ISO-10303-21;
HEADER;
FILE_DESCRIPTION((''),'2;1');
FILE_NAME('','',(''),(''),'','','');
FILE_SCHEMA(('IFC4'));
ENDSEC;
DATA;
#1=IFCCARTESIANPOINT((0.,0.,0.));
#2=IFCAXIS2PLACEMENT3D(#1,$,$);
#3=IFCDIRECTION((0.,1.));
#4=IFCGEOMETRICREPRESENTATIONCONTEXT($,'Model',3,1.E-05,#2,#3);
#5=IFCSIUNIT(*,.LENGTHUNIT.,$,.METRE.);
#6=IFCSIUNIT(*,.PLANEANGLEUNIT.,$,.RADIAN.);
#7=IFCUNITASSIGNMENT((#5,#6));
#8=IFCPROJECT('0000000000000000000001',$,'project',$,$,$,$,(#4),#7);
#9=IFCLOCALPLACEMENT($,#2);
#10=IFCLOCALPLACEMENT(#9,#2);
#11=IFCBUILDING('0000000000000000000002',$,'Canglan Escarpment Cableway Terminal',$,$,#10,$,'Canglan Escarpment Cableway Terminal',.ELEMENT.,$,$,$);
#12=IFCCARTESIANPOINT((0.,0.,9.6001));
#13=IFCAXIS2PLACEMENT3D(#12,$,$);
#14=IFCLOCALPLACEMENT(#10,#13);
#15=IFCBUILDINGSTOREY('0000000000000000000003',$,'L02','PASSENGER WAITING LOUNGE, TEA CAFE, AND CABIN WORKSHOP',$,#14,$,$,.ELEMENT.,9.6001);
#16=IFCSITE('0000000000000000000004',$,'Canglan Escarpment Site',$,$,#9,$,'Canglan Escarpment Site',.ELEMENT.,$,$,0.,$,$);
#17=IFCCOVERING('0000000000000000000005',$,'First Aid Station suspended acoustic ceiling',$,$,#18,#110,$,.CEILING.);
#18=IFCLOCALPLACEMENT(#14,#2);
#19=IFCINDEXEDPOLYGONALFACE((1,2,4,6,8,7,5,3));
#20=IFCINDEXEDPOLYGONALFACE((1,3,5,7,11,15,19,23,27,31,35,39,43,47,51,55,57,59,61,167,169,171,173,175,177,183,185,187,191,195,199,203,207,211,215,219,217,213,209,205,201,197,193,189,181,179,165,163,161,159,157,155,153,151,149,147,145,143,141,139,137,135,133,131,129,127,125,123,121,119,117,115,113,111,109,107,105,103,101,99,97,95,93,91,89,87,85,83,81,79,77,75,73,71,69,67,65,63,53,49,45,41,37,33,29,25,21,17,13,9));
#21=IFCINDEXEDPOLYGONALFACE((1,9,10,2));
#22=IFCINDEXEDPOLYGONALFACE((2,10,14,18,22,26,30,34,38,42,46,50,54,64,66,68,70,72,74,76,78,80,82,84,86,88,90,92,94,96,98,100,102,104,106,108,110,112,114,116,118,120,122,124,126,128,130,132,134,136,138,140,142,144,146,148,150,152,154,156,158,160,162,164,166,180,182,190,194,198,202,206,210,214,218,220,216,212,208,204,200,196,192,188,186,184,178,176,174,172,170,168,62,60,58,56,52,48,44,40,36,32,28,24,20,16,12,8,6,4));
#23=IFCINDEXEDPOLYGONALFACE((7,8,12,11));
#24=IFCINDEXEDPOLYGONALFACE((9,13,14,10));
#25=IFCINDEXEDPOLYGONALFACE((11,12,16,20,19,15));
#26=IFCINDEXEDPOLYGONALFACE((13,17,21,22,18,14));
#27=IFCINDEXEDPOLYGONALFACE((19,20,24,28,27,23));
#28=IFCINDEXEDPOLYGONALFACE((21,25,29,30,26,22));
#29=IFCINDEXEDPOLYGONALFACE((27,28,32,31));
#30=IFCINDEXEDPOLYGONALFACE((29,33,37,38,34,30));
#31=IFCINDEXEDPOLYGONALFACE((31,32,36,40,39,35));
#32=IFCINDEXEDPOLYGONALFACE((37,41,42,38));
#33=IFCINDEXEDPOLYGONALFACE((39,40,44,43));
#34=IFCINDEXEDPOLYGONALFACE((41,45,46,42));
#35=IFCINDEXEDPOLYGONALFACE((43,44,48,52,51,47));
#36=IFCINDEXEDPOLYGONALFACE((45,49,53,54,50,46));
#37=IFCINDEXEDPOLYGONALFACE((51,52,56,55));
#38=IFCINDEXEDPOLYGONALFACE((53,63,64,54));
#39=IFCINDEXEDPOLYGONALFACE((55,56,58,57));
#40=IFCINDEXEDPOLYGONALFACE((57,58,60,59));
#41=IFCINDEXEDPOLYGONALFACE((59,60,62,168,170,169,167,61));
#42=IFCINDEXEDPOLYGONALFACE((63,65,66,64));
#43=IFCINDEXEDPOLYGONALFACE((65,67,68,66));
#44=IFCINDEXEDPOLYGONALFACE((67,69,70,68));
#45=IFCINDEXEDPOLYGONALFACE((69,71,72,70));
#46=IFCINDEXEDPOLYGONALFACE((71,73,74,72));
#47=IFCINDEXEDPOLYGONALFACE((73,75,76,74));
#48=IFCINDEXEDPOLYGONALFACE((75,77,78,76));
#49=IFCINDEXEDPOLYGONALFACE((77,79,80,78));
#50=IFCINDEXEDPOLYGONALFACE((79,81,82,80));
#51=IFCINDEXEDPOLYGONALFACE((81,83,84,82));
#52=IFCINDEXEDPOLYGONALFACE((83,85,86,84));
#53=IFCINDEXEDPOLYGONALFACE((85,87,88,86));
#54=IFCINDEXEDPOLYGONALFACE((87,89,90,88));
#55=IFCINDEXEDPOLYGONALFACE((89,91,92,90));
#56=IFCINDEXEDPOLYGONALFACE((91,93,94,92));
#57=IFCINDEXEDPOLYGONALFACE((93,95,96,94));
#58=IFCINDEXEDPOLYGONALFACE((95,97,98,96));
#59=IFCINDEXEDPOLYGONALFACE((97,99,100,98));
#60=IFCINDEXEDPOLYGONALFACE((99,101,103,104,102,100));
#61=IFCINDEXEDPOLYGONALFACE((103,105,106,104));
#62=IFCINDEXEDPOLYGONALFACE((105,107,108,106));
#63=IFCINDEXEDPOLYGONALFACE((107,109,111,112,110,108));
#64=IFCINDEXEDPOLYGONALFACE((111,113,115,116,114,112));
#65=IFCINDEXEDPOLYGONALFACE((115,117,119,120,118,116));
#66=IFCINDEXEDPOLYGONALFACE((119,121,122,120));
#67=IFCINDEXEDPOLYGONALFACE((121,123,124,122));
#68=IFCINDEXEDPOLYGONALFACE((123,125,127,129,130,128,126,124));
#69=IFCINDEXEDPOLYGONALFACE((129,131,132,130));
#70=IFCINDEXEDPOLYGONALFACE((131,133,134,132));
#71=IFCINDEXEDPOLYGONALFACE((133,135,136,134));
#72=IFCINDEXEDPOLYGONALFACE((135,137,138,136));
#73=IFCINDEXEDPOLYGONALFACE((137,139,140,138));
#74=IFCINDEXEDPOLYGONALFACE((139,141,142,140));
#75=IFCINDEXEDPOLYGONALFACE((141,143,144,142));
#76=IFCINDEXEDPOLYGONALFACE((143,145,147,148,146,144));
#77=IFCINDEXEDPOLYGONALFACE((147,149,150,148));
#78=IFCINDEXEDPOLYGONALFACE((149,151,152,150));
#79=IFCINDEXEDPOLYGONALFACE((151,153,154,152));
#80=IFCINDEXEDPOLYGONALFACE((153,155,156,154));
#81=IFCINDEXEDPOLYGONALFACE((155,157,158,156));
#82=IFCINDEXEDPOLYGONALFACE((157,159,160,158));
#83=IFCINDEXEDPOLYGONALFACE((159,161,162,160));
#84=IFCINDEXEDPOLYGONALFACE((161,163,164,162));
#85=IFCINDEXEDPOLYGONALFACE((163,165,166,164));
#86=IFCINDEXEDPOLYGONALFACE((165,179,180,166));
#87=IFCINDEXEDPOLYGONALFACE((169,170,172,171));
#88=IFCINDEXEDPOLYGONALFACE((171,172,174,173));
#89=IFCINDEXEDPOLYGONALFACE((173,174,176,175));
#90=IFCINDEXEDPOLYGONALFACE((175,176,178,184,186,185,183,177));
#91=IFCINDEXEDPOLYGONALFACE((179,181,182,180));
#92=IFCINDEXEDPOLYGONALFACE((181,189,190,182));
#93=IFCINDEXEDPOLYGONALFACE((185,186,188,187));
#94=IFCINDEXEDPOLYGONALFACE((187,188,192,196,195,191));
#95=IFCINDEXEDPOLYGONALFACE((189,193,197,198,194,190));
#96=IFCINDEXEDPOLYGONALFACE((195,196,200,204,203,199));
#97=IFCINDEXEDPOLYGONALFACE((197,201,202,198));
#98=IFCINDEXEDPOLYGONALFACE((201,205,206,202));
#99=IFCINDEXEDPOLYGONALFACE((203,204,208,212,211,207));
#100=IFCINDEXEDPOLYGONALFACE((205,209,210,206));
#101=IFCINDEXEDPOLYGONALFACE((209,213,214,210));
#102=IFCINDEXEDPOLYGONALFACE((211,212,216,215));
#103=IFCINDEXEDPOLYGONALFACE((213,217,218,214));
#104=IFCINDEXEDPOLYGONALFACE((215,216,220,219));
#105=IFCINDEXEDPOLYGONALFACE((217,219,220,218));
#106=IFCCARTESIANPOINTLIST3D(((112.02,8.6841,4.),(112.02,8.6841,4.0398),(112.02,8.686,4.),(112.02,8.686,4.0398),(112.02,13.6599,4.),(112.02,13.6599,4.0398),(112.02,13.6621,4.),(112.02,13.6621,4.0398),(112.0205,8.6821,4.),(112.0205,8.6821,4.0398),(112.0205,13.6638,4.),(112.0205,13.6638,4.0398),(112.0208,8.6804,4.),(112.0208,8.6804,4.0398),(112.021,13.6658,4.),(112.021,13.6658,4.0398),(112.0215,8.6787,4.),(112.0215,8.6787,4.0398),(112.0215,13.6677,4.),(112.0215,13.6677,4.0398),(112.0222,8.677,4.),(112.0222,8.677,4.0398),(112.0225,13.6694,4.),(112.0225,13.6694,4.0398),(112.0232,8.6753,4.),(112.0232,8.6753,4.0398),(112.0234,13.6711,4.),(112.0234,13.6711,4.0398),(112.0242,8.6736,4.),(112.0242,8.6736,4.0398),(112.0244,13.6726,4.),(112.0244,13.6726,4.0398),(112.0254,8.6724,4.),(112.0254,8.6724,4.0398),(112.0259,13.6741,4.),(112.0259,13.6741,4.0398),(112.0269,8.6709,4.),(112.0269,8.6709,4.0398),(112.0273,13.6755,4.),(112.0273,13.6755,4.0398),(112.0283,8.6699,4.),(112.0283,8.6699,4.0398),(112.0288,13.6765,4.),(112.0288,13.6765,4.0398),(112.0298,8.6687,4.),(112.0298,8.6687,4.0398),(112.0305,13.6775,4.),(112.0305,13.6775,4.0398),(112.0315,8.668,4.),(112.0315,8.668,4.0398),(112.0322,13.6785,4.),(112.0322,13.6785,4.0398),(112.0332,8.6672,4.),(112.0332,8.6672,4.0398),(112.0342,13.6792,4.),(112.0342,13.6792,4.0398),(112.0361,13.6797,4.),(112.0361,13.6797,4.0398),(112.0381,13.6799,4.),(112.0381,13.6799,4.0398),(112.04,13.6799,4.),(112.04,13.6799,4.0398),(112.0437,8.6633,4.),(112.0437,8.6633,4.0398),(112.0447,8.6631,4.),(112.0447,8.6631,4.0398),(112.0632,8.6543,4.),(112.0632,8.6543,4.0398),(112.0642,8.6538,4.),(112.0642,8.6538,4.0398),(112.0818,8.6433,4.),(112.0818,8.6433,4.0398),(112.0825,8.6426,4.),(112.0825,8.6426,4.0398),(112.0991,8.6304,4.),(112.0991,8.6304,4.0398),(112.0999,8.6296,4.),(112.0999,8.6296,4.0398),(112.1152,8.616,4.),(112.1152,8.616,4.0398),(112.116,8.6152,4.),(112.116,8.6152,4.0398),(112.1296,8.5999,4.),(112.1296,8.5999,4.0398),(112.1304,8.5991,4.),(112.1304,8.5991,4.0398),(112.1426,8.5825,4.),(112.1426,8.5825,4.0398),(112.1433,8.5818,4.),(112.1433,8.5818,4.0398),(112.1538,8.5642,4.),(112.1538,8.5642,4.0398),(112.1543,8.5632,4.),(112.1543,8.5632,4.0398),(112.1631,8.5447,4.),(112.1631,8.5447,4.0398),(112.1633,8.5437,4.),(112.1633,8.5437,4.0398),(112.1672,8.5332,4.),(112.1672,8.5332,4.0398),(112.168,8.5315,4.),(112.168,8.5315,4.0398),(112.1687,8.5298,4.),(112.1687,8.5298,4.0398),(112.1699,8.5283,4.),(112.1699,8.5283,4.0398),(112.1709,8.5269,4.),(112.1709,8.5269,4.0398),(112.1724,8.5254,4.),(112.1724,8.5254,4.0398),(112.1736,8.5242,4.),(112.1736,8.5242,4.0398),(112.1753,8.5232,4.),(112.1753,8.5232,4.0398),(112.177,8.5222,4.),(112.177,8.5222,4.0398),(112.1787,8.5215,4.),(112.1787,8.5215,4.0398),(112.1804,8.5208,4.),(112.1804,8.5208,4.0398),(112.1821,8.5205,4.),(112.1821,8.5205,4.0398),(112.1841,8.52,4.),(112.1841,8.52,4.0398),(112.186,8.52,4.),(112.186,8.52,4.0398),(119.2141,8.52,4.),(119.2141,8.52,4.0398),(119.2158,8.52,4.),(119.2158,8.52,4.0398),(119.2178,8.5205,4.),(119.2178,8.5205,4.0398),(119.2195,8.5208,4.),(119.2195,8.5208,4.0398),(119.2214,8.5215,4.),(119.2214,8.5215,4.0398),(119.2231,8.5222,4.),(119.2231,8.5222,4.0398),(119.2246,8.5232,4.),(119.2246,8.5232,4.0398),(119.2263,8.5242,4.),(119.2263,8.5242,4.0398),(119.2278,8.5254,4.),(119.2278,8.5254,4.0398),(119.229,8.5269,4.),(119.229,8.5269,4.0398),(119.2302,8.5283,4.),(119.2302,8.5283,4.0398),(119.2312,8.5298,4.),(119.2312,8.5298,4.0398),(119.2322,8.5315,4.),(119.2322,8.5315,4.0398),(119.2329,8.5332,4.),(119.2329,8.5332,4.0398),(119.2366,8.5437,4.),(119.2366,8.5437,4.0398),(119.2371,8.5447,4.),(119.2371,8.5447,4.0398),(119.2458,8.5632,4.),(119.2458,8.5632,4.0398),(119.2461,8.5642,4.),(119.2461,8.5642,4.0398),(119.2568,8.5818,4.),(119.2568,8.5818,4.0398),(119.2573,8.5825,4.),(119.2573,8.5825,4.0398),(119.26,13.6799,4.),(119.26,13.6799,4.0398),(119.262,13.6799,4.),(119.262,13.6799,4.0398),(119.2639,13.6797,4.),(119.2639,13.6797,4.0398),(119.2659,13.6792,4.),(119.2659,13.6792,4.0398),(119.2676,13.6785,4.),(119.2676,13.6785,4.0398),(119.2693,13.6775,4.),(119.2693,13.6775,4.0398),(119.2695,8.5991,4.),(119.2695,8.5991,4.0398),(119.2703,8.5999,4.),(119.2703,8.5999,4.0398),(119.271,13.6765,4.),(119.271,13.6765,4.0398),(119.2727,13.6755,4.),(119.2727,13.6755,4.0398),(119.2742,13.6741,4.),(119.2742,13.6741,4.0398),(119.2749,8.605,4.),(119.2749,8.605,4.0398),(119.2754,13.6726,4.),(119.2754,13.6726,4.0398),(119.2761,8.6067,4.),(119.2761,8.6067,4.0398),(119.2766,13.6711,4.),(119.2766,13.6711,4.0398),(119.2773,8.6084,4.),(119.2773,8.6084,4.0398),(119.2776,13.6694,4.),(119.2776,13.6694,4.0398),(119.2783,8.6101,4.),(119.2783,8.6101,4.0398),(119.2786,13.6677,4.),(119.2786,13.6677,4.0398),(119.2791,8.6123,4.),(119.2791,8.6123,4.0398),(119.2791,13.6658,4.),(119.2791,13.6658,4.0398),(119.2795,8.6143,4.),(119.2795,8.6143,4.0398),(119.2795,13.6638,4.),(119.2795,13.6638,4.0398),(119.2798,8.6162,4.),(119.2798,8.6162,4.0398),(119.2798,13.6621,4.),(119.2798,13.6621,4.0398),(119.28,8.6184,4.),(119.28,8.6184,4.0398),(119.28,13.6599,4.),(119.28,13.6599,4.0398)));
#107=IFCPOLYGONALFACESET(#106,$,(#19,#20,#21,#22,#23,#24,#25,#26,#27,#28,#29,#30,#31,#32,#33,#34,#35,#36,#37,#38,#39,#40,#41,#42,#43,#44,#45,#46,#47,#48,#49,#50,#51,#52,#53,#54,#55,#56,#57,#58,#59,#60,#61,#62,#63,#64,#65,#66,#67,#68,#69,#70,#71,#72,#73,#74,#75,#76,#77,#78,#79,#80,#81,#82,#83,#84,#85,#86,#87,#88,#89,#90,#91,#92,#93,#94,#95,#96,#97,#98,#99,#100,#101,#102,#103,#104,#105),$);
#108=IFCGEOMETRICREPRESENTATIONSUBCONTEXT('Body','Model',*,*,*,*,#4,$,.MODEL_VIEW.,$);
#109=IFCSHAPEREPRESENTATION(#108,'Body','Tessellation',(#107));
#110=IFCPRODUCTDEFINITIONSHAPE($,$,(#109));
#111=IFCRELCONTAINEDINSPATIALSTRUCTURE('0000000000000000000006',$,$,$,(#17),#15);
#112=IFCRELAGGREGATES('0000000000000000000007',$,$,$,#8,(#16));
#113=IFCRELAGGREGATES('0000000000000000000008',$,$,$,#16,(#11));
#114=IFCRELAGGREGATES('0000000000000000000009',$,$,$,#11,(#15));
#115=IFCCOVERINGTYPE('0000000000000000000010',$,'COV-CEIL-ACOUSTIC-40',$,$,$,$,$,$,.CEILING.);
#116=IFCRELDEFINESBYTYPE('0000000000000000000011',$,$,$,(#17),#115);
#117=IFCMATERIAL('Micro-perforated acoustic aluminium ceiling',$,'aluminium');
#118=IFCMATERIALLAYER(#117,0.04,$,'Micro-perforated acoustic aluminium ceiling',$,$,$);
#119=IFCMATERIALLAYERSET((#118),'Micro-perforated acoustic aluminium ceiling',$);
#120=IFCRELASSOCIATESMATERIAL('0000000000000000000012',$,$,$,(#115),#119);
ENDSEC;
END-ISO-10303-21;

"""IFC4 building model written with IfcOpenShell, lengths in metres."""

from ifc_helpers import new_model, si_unit, direction, frame, origin, place, context, subcontext, project, spatial, polyline, outline, extrude, material, layer, layer_set, type_object, element, save


model = new_model("IFC4")

# Units and contexts
model_context = context("Model", 3, precision=1e-05, world=origin(), true_north=direction((0.0, 1.0)))
body_context = subcontext(model_context, "Body", "Model", "MODEL_VIEW")
ifc_project = project(units=[si_unit("LENGTHUNIT", "METRE"), si_unit("PLANEANGLEUNIT", "RADIAN")], contexts=[model_context])

# Site, building, storey
site_placement = place(None, origin())
site = spatial("IfcSite", under=ifc_project, at=site_placement, Name="Canglan Escarpment Site", LongName="Canglan Escarpment Site", CompositionType="ELEMENT", RefElevation=0.0)
building_placement = place(site_placement, origin())
building = spatial("IfcBuilding", under=site, at=building_placement, Name="Canglan Escarpment Cableway Terminal", LongName="Canglan Escarpment Cableway Terminal", CompositionType="ELEMENT")
storey_placement = place(building_placement, frame((0.0, 0.0, 9.6001)))
storey = spatial("IfcBuildingStorey", under=building, at=storey_placement, Name="L02", Description="PASSENGER WAITING LOUNGE, TEA CAFE, AND CABIN WORKSHOP", CompositionType="ELEMENT", Elevation=9.6001)

# Covering
ifc_material_1 = material(Name="Micro-perforated acoustic aluminium ceiling", Category="aluminium")
ifc_layer_1 = layer(ifc_material_1, 0.04, Name="Micro-perforated acoustic aluminium ceiling")
ifc_layer_set_1 = layer_set([ifc_layer_1], Name="Micro-perforated acoustic aluminium ceiling")
covering_type_1 = type_object("IfcCoveringType", Name="COV-CEIL-ACOUSTIC-40", PredefinedType="CEILING", material=ifc_layer_set_1)
covering_1_placement = place(storey_placement, frame((0.0, 0.0, 4.0)))
element("IfcCovering", 1, at=covering_1_placement, inside=storey, type_object=covering_type_1, Name="First Aid Station suspended acoustic ceiling", PredefinedType="CEILING", context=body_context, shape_type="SweptSolid", body=[
    extrude(outline(polyline([(112.0332, 8.6672), (112.0315, 8.668), (112.0298, 8.6687), (112.0283, 8.6699), (112.0269, 8.6709), (112.0254, 8.6724), (112.0242, 8.6736), (112.0232, 8.6753), (112.0222, 8.677), (112.0215, 8.6787), (112.0208, 8.6804), (112.0205, 8.6821), (112.02, 8.6841), (112.02, 8.686), (112.02, 13.6599), (112.02, 13.6621), (112.0205, 13.6638), (112.021, 13.6658), (112.0215, 13.6677), (112.0225, 13.6694), (112.0234, 13.6711), (112.0244, 13.6726), (112.0259, 13.6741), (112.0273, 13.6755), (112.0288, 13.6765), (112.0305, 13.6775), (112.0322, 13.6785), (112.0342, 13.6792), (112.0361, 13.6797), (112.0381, 13.6799), (112.04, 13.6799), (119.26, 13.6799), (119.262, 13.6799), (119.2639, 13.6797), (119.2659, 13.6792), (119.2676, 13.6785), (119.2693, 13.6775), (119.271, 13.6765), (119.2727, 13.6755), (119.2742, 13.6741), (119.2754, 13.6726), (119.2766, 13.6711), (119.2776, 13.6694), (119.2786, 13.6677), (119.2791, 13.6658), (119.2795, 13.6638), (119.2798, 13.6621), (119.28, 13.6599), (119.28, 8.6184), (119.2798, 8.6162), (119.2795, 8.6143), (119.2791, 8.6123), (119.2783, 8.6101), (119.2773, 8.6084), (119.2761, 8.6067), (119.2749, 8.605), (119.2703, 8.5999), (119.2695, 8.5991), (119.2573, 8.5825), (119.2568, 8.5818), (119.2461, 8.5642), (119.2458, 8.5632), (119.2371, 8.5447), (119.2366, 8.5437), (119.2329, 8.5332), (119.2322, 8.5315), (119.2312, 8.5298), (119.2302, 8.5283), (119.229, 8.5269), (119.2278, 8.5254), (119.2263, 8.5242), (119.2246, 8.5232), (119.2231, 8.5222), (119.2214, 8.5215), (119.2195, 8.5208), (119.2178, 8.5205), (119.2158, 8.52), (119.2141, 8.52), (112.186, 8.52), (112.1841, 8.52), (112.1821, 8.5205), (112.1804, 8.5208), (112.1787, 8.5215), (112.177, 8.5222), (112.1753, 8.5232), (112.1736, 8.5242), (112.1724, 8.5254), (112.1709, 8.5269), (112.1699, 8.5283), (112.1687, 8.5298), (112.168, 8.5315), (112.1672, 8.5332), (112.1633, 8.5437), (112.1631, 8.5447), (112.1543, 8.5632), (112.1538, 8.5642), (112.1433, 8.5818), (112.1426, 8.5825), (112.1304, 8.5991), (112.1296, 8.5999), (112.116, 8.6152), (112.1152, 8.616), (112.0999, 8.6296), (112.0991, 8.6304), (112.0825, 8.6426), (112.0818, 8.6433), (112.0642, 8.6538), (112.0632, 8.6543), (112.0447, 8.6631), (112.0437, 8.6633), (112.0332, 8.6672)])), origin(), (0.0, 0.0, 1.0), 0.0398),
])

save(model, "model.ifc")
